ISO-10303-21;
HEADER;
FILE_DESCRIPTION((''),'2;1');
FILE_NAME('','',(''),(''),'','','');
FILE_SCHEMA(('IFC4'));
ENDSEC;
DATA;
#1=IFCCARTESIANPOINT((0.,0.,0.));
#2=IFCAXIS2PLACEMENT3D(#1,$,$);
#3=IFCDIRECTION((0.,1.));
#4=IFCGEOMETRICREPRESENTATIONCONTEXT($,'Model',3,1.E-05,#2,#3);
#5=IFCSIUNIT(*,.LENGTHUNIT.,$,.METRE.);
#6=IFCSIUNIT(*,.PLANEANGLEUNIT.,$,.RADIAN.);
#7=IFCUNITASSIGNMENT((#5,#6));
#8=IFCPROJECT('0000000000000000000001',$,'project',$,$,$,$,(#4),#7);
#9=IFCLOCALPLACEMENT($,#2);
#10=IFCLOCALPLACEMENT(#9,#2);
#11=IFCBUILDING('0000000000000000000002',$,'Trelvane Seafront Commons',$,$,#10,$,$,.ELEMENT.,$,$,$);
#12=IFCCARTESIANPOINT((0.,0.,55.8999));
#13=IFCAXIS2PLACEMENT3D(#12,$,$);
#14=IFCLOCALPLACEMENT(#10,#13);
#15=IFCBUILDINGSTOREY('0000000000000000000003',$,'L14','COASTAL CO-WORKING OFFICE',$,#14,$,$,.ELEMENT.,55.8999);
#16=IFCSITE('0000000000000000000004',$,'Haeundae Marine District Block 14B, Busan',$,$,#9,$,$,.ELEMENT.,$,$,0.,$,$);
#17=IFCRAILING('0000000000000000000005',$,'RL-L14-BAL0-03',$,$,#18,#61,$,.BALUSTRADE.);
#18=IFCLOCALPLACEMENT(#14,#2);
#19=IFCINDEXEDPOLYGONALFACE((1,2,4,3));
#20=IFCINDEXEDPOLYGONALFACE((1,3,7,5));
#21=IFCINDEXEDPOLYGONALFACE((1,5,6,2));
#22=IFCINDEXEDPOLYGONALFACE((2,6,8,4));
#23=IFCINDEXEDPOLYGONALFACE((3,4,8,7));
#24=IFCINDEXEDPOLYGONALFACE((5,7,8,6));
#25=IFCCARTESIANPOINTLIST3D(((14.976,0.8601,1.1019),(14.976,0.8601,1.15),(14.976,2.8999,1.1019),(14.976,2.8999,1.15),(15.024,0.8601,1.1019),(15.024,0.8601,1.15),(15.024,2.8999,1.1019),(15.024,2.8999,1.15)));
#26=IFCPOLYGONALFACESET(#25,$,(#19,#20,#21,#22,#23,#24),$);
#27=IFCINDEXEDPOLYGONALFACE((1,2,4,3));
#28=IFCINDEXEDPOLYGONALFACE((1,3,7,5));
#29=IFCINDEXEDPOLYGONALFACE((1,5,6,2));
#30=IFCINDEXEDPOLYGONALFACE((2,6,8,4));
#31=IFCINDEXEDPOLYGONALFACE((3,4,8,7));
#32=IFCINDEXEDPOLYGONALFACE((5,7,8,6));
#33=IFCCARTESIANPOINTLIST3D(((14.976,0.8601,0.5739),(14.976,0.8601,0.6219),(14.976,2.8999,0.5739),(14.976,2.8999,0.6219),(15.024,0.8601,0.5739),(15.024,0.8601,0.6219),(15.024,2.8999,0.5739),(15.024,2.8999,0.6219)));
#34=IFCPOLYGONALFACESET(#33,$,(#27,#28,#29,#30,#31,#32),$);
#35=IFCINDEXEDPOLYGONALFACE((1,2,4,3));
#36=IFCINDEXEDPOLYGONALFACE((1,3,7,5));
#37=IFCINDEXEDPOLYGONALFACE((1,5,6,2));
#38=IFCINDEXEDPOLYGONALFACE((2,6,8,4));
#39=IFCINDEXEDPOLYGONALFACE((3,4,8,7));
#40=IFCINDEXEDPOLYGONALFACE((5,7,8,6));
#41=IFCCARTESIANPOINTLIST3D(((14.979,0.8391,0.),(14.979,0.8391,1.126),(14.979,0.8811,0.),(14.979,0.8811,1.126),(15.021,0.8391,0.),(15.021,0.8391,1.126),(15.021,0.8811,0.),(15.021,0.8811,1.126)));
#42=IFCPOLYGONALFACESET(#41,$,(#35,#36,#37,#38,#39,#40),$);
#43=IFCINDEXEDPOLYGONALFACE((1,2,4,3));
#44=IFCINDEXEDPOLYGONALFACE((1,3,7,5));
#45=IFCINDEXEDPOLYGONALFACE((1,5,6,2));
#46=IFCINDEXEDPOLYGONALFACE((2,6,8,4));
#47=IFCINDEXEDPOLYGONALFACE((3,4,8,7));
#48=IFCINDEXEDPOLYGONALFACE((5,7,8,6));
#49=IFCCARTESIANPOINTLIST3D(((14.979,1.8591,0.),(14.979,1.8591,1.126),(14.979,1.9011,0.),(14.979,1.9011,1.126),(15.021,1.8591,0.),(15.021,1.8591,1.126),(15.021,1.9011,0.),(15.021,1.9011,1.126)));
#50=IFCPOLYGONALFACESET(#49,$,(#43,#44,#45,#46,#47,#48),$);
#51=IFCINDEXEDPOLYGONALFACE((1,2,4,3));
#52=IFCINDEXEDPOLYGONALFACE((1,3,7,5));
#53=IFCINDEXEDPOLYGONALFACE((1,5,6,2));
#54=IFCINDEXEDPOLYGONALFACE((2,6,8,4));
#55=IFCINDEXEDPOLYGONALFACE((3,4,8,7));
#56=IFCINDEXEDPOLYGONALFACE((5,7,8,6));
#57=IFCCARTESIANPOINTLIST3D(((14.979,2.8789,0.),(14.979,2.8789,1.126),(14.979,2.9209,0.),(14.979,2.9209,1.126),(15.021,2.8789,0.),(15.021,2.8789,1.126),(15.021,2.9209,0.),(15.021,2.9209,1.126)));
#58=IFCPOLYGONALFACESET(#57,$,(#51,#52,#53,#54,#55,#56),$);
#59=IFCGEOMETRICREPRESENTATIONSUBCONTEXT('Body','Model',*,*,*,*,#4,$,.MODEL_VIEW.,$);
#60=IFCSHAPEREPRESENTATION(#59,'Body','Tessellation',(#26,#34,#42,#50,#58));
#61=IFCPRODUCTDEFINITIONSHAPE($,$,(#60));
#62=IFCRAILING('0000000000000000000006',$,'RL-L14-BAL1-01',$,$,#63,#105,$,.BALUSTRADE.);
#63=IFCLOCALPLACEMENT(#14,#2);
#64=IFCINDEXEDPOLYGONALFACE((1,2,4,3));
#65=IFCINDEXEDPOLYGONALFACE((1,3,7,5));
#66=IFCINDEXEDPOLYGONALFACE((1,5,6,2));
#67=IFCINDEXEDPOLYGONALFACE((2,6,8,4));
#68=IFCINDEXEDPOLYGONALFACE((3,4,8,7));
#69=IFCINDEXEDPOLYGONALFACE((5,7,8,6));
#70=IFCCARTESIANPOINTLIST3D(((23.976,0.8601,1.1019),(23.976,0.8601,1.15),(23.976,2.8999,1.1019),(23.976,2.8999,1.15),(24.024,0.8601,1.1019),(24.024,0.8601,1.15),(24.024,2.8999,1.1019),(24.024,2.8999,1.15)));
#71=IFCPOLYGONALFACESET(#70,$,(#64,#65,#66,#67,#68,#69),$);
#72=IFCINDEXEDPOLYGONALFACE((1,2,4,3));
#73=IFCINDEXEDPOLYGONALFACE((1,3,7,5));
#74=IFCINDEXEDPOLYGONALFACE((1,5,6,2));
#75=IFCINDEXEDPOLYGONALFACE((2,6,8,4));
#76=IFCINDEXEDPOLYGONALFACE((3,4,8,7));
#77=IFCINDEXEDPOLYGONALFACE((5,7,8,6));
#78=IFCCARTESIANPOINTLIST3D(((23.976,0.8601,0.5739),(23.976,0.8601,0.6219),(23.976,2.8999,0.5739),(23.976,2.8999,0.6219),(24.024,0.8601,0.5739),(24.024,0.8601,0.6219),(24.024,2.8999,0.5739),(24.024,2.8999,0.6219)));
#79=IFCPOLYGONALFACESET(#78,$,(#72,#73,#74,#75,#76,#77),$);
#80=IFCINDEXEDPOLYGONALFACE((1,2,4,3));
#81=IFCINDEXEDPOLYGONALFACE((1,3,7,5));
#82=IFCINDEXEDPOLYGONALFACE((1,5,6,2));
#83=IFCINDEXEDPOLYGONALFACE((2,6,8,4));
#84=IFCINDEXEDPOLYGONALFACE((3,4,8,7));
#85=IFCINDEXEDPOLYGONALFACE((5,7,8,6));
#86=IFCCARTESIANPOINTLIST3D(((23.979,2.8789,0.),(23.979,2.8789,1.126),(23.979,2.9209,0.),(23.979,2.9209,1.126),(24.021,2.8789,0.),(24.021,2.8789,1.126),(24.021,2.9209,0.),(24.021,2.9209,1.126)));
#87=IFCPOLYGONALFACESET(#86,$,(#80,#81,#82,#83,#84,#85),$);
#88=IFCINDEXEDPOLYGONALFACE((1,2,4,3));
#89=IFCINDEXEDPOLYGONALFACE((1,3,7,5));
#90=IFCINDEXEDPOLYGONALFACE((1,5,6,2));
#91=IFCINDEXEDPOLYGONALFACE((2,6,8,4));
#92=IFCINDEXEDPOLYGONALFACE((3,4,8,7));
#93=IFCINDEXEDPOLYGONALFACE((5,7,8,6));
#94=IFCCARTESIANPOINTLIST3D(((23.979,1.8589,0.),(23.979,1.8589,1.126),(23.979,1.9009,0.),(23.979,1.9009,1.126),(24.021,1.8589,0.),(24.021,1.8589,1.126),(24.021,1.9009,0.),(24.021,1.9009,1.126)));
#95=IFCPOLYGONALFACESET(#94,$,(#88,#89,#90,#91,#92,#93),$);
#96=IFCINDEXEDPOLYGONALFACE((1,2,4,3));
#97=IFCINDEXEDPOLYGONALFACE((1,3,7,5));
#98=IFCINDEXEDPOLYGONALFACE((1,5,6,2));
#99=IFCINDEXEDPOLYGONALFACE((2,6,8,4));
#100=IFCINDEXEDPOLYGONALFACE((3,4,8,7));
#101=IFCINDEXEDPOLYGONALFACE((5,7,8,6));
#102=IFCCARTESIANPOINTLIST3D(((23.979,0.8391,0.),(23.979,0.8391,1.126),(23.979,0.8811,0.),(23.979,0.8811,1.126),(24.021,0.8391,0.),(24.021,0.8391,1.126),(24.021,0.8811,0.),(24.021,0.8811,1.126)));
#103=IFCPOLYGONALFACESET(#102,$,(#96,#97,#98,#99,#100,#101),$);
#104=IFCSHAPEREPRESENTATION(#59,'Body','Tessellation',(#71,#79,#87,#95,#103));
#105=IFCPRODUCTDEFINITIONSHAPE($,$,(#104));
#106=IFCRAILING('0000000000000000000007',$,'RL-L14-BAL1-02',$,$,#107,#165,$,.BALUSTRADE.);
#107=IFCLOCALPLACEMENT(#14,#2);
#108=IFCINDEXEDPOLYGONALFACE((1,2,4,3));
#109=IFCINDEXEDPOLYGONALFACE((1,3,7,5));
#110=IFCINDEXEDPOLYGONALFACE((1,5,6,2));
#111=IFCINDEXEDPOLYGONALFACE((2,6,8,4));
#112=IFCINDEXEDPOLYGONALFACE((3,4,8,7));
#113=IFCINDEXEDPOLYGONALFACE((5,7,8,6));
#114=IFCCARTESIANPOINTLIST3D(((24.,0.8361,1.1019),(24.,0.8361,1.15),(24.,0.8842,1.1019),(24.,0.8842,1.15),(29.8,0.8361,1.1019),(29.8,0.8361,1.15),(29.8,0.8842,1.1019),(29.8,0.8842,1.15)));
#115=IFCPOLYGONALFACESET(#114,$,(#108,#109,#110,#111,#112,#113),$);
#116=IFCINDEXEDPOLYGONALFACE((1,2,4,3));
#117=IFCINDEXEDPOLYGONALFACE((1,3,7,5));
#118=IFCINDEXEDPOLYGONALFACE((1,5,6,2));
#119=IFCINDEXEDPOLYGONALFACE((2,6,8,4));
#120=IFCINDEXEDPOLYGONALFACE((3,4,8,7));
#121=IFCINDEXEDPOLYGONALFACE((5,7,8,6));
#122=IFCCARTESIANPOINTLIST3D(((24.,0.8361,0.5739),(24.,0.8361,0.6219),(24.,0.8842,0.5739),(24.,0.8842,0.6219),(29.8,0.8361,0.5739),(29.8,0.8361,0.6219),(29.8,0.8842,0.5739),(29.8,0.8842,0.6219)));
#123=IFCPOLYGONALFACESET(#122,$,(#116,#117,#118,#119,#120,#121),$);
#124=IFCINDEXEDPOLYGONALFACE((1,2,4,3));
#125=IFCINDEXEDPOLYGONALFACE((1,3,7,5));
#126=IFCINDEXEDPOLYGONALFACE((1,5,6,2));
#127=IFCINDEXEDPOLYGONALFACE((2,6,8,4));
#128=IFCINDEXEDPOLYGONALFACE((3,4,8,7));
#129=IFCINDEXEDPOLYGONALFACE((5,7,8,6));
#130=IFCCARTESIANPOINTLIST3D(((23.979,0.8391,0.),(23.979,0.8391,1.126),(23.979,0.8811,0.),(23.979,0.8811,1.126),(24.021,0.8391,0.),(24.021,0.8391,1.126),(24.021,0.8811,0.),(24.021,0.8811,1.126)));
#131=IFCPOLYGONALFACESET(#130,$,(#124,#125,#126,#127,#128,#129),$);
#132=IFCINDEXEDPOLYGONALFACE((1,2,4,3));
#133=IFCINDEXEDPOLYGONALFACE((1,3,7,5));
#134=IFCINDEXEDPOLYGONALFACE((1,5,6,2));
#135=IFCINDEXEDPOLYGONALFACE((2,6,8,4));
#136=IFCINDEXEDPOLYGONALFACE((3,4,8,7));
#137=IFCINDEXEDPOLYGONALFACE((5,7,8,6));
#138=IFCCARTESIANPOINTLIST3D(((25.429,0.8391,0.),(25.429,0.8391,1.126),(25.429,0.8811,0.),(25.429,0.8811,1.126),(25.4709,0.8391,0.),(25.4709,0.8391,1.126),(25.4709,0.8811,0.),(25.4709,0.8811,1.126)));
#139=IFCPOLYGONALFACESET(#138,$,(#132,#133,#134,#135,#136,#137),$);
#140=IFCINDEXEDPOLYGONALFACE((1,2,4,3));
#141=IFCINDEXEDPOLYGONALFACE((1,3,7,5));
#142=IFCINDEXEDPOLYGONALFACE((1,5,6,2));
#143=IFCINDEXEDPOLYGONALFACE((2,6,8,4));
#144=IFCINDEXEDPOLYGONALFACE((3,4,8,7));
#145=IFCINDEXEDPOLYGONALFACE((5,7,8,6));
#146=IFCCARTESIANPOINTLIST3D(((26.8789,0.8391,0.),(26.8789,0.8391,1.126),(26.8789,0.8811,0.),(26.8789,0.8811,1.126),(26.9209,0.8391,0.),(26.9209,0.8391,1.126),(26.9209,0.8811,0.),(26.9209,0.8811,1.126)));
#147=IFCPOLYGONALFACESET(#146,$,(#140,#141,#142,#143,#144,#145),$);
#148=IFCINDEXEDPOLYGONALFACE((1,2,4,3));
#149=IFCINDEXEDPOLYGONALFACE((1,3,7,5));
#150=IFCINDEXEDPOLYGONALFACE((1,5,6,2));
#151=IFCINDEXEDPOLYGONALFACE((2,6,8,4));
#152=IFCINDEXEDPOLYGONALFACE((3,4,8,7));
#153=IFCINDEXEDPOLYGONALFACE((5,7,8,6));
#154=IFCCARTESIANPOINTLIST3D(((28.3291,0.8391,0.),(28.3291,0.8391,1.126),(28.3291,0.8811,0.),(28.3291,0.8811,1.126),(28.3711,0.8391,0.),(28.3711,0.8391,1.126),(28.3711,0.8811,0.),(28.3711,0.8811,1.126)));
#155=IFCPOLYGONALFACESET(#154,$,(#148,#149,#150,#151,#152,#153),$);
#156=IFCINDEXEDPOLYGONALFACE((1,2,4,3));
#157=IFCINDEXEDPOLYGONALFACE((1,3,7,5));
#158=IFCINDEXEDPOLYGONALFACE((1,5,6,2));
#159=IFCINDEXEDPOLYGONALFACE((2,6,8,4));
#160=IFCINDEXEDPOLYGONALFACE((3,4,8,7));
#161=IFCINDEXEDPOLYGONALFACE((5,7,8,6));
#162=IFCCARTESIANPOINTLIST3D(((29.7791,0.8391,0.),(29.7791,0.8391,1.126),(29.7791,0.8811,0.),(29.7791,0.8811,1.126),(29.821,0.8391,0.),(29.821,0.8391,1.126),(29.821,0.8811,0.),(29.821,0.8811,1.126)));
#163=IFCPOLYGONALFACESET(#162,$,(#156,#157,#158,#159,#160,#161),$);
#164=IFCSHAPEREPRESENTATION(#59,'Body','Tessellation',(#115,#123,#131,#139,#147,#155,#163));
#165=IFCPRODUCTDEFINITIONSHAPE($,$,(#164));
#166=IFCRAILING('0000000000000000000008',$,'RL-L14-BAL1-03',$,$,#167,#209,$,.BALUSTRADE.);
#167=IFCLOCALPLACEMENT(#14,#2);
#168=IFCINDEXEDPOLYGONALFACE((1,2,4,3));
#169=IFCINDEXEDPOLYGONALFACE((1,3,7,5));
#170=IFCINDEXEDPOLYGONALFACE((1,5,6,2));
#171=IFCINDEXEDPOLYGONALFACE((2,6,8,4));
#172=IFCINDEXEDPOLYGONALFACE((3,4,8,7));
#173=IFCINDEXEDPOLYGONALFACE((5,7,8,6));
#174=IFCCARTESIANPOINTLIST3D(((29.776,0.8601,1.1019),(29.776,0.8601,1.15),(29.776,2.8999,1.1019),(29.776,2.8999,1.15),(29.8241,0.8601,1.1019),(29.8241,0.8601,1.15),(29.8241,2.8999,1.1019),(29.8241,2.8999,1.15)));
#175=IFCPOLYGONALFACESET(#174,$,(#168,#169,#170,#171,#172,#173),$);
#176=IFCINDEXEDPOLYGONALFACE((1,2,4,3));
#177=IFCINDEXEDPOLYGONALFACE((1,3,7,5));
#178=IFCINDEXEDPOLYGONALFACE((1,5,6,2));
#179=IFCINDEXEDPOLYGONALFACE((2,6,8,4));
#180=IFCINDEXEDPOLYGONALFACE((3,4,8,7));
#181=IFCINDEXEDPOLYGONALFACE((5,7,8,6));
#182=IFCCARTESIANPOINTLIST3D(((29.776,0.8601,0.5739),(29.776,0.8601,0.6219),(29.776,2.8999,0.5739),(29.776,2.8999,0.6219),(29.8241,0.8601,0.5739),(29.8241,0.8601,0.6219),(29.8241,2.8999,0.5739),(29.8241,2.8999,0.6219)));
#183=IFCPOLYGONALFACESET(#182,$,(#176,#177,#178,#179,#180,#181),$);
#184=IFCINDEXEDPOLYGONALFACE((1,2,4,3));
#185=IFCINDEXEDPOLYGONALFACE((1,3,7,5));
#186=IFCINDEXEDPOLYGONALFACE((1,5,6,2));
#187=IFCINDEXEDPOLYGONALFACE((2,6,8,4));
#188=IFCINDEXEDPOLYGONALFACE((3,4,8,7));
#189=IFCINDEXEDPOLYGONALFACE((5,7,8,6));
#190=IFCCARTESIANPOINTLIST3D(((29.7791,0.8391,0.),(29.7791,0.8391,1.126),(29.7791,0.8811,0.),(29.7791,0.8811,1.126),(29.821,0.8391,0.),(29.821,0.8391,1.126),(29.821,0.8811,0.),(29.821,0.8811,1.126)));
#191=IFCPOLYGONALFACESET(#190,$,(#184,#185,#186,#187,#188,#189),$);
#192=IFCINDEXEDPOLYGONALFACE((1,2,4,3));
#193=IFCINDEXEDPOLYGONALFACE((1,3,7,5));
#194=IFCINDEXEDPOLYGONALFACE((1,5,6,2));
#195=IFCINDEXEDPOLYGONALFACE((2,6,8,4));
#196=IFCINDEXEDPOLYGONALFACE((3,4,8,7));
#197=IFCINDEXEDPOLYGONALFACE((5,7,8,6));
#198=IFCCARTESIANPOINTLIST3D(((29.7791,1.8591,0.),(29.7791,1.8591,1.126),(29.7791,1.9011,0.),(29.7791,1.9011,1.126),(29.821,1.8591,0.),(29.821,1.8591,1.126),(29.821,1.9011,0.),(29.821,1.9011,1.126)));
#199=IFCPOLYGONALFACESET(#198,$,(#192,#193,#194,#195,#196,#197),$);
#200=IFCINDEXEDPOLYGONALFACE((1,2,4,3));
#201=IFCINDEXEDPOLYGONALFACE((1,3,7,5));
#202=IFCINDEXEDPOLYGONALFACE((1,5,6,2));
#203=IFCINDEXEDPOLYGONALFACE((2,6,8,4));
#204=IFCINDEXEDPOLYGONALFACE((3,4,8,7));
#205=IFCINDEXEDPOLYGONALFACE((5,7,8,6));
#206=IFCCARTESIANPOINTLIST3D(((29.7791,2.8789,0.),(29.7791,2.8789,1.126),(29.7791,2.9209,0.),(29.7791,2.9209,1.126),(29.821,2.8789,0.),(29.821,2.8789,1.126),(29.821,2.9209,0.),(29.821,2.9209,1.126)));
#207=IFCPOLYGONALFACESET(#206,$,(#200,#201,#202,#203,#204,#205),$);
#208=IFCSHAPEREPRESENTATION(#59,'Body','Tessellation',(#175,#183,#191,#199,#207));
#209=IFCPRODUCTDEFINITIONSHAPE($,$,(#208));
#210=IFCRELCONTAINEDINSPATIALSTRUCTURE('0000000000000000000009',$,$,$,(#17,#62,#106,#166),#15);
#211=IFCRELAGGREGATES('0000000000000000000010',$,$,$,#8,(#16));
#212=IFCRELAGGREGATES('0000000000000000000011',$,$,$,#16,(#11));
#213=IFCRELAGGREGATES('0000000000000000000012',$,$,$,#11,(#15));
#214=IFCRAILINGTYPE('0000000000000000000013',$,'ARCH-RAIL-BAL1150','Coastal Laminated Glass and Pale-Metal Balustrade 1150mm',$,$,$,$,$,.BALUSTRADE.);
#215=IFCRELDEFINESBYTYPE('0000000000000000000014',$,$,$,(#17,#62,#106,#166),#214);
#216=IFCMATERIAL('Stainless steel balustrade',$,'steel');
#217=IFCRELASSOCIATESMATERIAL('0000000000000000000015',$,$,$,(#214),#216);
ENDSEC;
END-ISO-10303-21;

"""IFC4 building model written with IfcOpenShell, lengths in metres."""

from ifc_helpers import new_model, si_unit, direction, frame, origin, origin_2d, place, context, subcontext, project, spatial, rectangle, extrude, material, type_object, element, save


model = new_model("IFC4")

# Units and contexts
model_context = context("Model", 3, precision=1e-05, world=origin(), true_north=direction((0.0, 1.0)))
body_context = subcontext(model_context, "Body", "Model", "MODEL_VIEW")
ifc_project = project(units=[si_unit("LENGTHUNIT", "METRE"), si_unit("PLANEANGLEUNIT", "RADIAN")], contexts=[model_context])

# Site, building, storey
site_placement = place(None, origin())
site = spatial("IfcSite", under=ifc_project, at=site_placement, Name="Haeundae Marine District Block 14B, Busan", CompositionType="ELEMENT", RefElevation=0.0)
building_placement = place(site_placement, origin())
building = spatial("IfcBuilding", under=site, at=building_placement, Name="Trelvane Seafront Commons", CompositionType="ELEMENT")
storey_placement = place(building_placement, frame((0.0, 0.0, 55.8999)))
storey = spatial("IfcBuildingStorey", under=building, at=storey_placement, Name="L14", Description="COASTAL CO-WORKING OFFICE", CompositionType="ELEMENT", Elevation=55.8999)

# Railings
ifc_material_1 = material(Name="Stainless steel balustrade", Category="steel")
railing_type = type_object("IfcRailingType", Name="ARCH-RAIL-BAL1150", Description="Coastal Laminated Glass and Pale-Metal Balustrade 1150mm", PredefinedType="BALUSTRADE", material=ifc_material_1)
railing_1_placement = place(storey_placement, frame((15.0, 0.8601, 0.0)))
element("IfcRailing", 1, at=railing_1_placement, inside=storey, type_object=railing_type, Name="RL-L14-BAL0-03", PredefinedType="BALUSTRADE", context=body_context, shape_type="SweptSolid", body=[
    extrude(rectangle(XDim=0.0481, YDim=0.0481, at=origin_2d()), frame((0.0, 0.0, 1.126), z_axis=(0.0, 1.0, 0.0), x_axis=(-1.0, 0.0, 0.0)), (0.0, 0.0, 1.0), 2.0398),
    extrude(rectangle(XDim=0.0481, YDim=0.0481, at=origin_2d()), frame((0.0, 0.0, 0.5979), z_axis=(0.0, 1.0, 0.0), x_axis=(-1.0, 0.0, 0.0)), (0.0, 0.0, 1.0), 2.0398),
    extrude(rectangle(XDim=0.042, YDim=0.042, at=origin_2d()), origin(), (0.0, 0.0, 1.0), 1.126),
    extrude(rectangle(XDim=0.042, YDim=0.042, at=origin_2d()), frame((0.0, 1.02, 0.0)), (0.0, 0.0, 1.0), 1.126),
    extrude(rectangle(XDim=0.042, YDim=0.042, at=origin_2d()), frame((0.0, 2.0398, 0.0)), (0.0, 0.0, 1.0), 1.126),
])
railing_2_placement = place(storey_placement, frame((24.0, 2.8999, 0.0)))
element("IfcRailing", 2, at=railing_2_placement, inside=storey, type_object=railing_type, Name="RL-L14-BAL1-01", PredefinedType="BALUSTRADE", context=body_context, shape_type="SweptSolid", body=[
    extrude(rectangle(XDim=0.0481, YDim=0.0481, at=origin_2d()), frame((0.0, 0.0, 1.126), z_axis=(0.0, -1.0, 0.0), x_axis=(1.0, 0.0, 0.0)), (0.0, 0.0, 1.0), 2.0398),
    extrude(rectangle(XDim=0.0481, YDim=0.0481, at=origin_2d()), frame((0.0, 0.0, 0.5979), z_axis=(0.0, -1.0, 0.0), x_axis=(1.0, 0.0, 0.0)), (0.0, 0.0, 1.0), 2.0398),
    extrude(rectangle(XDim=0.042, YDim=0.042, at=origin_2d()), origin(), (0.0, 0.0, 1.0), 1.126),
    extrude(rectangle(XDim=0.042, YDim=0.042, at=origin_2d()), frame((0.0, -1.02, 0.0)), (0.0, 0.0, 1.0), 1.126),
    extrude(rectangle(XDim=0.042, YDim=0.042, at=origin_2d()), frame((0.0, -2.0398, 0.0)), (0.0, 0.0, 1.0), 1.126),
])
railing_3_placement = place(storey_placement, frame((24.0, 0.8601, 0.0)))
element("IfcRailing", 3, at=railing_3_placement, inside=storey, type_object=railing_type, Name="RL-L14-BAL1-02", PredefinedType="BALUSTRADE", context=body_context, shape_type="SweptSolid", body=[
    extrude(rectangle(XDim=0.0481, YDim=0.0481, at=origin_2d()), frame((0.0, 0.0, 1.126), z_axis=(1.0, 0.0, 0.0), x_axis=(0.0, 1.0, 0.0)), (0.0, 0.0, 1.0), 5.8),
    extrude(rectangle(XDim=0.0481, YDim=0.0481, at=origin_2d()), frame((0.0, 0.0, 0.5979), z_axis=(1.0, 0.0, 0.0), x_axis=(0.0, 1.0, 0.0)), (0.0, 0.0, 1.0), 5.8),
    extrude(rectangle(XDim=0.042, YDim=0.042, at=origin_2d()), origin(), (0.0, 0.0, 1.0), 1.126),
    extrude(rectangle(XDim=0.042, YDim=0.042, at=origin_2d()), frame((1.45, 0.0, 0.0)), (0.0, 0.0, 1.0), 1.126),
    extrude(rectangle(XDim=0.042, YDim=0.042, at=origin_2d()), frame((2.8999, 0.0, 0.0)), (0.0, 0.0, 1.0), 1.126),
    extrude(rectangle(XDim=0.042, YDim=0.042, at=origin_2d()), frame((4.3501, 0.0, 0.0)), (0.0, 0.0, 1.0), 1.126),
    extrude(rectangle(XDim=0.042, YDim=0.042, at=origin_2d()), frame((5.8, 0.0, 0.0)), (0.0, 0.0, 1.0), 1.126),
])
railing_4_placement = place(storey_placement, frame((29.8, 0.8601, 0.0)))
element("IfcRailing", 4, at=railing_4_placement, inside=storey, type_object=railing_type, Name="RL-L14-BAL1-03", PredefinedType="BALUSTRADE", context=body_context, shape_type="SweptSolid", body=[
    extrude(rectangle(XDim=0.0481, YDim=0.0481, at=origin_2d()), frame((0.0, 0.0, 1.126), z_axis=(0.0, 1.0, 0.0), x_axis=(-1.0, 0.0, 0.0)), (0.0, 0.0, 1.0), 2.0398),
    extrude(rectangle(XDim=0.0481, YDim=0.0481, at=origin_2d()), frame((0.0, 0.0, 0.5979), z_axis=(0.0, 1.0, 0.0), x_axis=(-1.0, 0.0, 0.0)), (0.0, 0.0, 1.0), 2.0398),
    extrude(rectangle(XDim=0.042, YDim=0.042, at=origin_2d()), origin(), (0.0, 0.0, 1.0), 1.126),
    extrude(rectangle(XDim=0.042, YDim=0.042, at=origin_2d()), frame((0.0, 1.02, 0.0)), (0.0, 0.0, 1.0), 1.126),
    extrude(rectangle(XDim=0.042, YDim=0.042, at=origin_2d()), frame((0.0, 2.0398, 0.0)), (0.0, 0.0, 1.0), 1.126),
])

save(model, "model.ifc")
